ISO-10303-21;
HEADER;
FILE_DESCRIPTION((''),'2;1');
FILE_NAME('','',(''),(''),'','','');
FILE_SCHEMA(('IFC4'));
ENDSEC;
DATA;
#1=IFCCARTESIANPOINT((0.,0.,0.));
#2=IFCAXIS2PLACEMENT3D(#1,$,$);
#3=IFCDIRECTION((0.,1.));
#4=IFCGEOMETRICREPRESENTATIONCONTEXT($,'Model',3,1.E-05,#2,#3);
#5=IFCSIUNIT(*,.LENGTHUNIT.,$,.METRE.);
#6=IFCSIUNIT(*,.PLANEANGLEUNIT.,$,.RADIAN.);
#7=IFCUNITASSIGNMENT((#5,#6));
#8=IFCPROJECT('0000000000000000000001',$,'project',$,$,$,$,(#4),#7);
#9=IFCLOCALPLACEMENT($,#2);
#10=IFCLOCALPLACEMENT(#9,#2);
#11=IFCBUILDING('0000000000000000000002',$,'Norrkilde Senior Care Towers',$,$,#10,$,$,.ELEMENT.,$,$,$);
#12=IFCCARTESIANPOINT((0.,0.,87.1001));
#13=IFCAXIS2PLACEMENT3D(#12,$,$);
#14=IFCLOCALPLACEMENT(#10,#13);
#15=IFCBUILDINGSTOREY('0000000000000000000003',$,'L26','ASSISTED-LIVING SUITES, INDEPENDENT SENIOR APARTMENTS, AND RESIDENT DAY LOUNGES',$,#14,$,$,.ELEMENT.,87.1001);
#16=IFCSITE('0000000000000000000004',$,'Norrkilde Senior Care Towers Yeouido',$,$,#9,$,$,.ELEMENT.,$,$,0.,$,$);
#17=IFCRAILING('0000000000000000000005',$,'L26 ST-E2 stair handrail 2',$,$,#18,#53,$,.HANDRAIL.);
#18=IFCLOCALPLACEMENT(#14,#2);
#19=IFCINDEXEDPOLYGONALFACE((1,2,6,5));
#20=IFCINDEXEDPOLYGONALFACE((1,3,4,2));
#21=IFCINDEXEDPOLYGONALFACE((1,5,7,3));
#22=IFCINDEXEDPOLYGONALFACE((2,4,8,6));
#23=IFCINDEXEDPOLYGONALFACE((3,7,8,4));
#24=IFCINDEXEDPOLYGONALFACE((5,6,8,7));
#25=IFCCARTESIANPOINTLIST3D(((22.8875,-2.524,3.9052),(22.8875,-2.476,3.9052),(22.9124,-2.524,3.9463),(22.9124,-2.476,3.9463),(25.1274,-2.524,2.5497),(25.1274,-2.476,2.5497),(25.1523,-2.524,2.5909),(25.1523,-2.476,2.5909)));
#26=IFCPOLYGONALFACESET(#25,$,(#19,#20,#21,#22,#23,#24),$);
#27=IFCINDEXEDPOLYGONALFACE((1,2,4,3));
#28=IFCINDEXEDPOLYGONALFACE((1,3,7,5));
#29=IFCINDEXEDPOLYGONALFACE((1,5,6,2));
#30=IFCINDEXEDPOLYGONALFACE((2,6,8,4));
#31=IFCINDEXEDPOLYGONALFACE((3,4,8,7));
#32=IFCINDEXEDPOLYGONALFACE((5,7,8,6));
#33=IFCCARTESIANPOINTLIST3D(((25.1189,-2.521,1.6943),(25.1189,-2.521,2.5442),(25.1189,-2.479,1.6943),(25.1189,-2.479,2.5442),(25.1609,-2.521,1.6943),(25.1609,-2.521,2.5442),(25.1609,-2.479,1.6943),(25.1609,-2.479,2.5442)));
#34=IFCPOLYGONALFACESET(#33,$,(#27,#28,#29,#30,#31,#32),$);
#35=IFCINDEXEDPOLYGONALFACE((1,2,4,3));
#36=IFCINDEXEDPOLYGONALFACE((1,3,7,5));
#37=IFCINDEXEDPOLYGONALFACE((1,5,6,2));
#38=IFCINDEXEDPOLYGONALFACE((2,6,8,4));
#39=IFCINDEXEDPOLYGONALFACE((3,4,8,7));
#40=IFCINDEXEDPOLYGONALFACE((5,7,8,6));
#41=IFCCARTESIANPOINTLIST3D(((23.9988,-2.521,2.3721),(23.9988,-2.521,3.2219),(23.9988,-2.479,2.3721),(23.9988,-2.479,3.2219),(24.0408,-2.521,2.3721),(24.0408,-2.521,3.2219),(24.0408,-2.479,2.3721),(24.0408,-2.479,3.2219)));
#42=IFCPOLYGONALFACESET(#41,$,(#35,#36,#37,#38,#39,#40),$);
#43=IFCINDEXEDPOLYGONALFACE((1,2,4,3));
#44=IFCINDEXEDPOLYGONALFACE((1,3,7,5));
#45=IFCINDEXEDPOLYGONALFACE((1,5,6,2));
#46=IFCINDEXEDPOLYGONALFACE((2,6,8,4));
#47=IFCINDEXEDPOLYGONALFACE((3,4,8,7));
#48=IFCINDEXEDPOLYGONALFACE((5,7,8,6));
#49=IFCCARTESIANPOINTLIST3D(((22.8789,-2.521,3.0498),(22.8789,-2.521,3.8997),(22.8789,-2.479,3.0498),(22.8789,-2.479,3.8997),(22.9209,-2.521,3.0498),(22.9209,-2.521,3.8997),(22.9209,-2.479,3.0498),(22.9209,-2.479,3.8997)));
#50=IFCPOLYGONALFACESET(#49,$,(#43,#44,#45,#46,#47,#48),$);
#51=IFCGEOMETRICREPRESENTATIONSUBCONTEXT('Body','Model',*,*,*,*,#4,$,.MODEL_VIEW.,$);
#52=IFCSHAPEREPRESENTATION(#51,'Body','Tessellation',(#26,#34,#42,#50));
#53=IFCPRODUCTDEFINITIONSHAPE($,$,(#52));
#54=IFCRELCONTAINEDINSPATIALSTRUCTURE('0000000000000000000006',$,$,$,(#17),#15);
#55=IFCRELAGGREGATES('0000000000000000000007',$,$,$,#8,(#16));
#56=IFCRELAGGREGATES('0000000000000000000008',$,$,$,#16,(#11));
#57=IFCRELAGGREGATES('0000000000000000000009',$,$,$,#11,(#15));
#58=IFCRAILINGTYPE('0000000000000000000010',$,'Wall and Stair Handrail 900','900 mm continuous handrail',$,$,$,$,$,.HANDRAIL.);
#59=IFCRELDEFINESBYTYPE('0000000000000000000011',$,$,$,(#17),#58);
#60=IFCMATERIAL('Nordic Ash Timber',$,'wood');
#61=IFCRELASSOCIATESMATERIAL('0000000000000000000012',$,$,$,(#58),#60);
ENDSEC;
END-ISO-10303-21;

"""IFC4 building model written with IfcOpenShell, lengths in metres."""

from ifc_helpers import new_model, si_unit, direction, frame, origin, origin_2d, place, context, subcontext, project, spatial, rectangle, extrude, material, type_object, element, save


model = new_model("IFC4")

# Units and contexts
model_context = context("Model", 3, precision=1e-05, world=origin(), true_north=direction((0.0, 1.0)))
body_context = subcontext(model_context, "Body", "Model", "MODEL_VIEW")
ifc_project = project(units=[si_unit("LENGTHUNIT", "METRE"), si_unit("PLANEANGLEUNIT", "RADIAN")], contexts=[model_context])

# Site, building, storey
site_placement = place(None, origin())
site = spatial("IfcSite", under=ifc_project, at=site_placement, Name="Norrkilde Senior Care Towers Yeouido", CompositionType="ELEMENT", RefElevation=0.0)
building_placement = place(site_placement, origin())
building = spatial("IfcBuilding", under=site, at=building_placement, Name="Norrkilde Senior Care Towers", CompositionType="ELEMENT")
storey_placement = place(building_placement, frame((0.0, 0.0, 87.1001)))
storey = spatial("IfcBuildingStorey", under=building, at=storey_placement, Name="L26", Description="ASSISTED-LIVING SUITES, INDEPENDENT SENIOR APARTMENTS, AND RESIDENT DAY LOUNGES", CompositionType="ELEMENT", Elevation=87.1001)

# Shared definitions
ifc_material_1 = material(Name="Nordic Ash Timber", Category="wood")

# Railing
railing_type_1 = type_object("IfcRailingType", Name="Wall and Stair Handrail 900", Description="900 mm continuous handrail", PredefinedType="HANDRAIL", material=ifc_material_1)
railing_1_placement = place(storey_placement, frame((25.1399, -2.5, 1.6943)))
element("IfcRailing", 1, at=railing_1_placement, inside=storey, type_object=railing_type_1, Name="L26 ST-E2 stair handrail 2", PredefinedType="HANDRAIL", context=body_context, shape_type="SweptSolid", body=[
    extrude(rectangle(XDim=0.0481, YDim=0.0481, at=origin_2d()), frame((0.0, 0.0, 0.876), z_axis=(-0.855553, 0.0, 0.517715), x_axis=(0.0, -1.0, 0.0)), (0.0, 0.0, 1.0), 2.6182),
    extrude(rectangle(XDim=0.042, YDim=0.042, at=origin_2d()), origin(), (0.0, 0.0, 1.0), 0.8499),
    extrude(rectangle(XDim=0.042, YDim=0.042, at=origin_2d()), frame((-1.1201, 0.0, 0.6777)), (0.0, 0.0, 1.0), 0.8499),
    extrude(rectangle(XDim=0.042, YDim=0.042, at=origin_2d()), frame((-2.24, 0.0, 1.3555)), (0.0, 0.0, 1.0), 0.8499),
])

save(model, "model.ifc")
